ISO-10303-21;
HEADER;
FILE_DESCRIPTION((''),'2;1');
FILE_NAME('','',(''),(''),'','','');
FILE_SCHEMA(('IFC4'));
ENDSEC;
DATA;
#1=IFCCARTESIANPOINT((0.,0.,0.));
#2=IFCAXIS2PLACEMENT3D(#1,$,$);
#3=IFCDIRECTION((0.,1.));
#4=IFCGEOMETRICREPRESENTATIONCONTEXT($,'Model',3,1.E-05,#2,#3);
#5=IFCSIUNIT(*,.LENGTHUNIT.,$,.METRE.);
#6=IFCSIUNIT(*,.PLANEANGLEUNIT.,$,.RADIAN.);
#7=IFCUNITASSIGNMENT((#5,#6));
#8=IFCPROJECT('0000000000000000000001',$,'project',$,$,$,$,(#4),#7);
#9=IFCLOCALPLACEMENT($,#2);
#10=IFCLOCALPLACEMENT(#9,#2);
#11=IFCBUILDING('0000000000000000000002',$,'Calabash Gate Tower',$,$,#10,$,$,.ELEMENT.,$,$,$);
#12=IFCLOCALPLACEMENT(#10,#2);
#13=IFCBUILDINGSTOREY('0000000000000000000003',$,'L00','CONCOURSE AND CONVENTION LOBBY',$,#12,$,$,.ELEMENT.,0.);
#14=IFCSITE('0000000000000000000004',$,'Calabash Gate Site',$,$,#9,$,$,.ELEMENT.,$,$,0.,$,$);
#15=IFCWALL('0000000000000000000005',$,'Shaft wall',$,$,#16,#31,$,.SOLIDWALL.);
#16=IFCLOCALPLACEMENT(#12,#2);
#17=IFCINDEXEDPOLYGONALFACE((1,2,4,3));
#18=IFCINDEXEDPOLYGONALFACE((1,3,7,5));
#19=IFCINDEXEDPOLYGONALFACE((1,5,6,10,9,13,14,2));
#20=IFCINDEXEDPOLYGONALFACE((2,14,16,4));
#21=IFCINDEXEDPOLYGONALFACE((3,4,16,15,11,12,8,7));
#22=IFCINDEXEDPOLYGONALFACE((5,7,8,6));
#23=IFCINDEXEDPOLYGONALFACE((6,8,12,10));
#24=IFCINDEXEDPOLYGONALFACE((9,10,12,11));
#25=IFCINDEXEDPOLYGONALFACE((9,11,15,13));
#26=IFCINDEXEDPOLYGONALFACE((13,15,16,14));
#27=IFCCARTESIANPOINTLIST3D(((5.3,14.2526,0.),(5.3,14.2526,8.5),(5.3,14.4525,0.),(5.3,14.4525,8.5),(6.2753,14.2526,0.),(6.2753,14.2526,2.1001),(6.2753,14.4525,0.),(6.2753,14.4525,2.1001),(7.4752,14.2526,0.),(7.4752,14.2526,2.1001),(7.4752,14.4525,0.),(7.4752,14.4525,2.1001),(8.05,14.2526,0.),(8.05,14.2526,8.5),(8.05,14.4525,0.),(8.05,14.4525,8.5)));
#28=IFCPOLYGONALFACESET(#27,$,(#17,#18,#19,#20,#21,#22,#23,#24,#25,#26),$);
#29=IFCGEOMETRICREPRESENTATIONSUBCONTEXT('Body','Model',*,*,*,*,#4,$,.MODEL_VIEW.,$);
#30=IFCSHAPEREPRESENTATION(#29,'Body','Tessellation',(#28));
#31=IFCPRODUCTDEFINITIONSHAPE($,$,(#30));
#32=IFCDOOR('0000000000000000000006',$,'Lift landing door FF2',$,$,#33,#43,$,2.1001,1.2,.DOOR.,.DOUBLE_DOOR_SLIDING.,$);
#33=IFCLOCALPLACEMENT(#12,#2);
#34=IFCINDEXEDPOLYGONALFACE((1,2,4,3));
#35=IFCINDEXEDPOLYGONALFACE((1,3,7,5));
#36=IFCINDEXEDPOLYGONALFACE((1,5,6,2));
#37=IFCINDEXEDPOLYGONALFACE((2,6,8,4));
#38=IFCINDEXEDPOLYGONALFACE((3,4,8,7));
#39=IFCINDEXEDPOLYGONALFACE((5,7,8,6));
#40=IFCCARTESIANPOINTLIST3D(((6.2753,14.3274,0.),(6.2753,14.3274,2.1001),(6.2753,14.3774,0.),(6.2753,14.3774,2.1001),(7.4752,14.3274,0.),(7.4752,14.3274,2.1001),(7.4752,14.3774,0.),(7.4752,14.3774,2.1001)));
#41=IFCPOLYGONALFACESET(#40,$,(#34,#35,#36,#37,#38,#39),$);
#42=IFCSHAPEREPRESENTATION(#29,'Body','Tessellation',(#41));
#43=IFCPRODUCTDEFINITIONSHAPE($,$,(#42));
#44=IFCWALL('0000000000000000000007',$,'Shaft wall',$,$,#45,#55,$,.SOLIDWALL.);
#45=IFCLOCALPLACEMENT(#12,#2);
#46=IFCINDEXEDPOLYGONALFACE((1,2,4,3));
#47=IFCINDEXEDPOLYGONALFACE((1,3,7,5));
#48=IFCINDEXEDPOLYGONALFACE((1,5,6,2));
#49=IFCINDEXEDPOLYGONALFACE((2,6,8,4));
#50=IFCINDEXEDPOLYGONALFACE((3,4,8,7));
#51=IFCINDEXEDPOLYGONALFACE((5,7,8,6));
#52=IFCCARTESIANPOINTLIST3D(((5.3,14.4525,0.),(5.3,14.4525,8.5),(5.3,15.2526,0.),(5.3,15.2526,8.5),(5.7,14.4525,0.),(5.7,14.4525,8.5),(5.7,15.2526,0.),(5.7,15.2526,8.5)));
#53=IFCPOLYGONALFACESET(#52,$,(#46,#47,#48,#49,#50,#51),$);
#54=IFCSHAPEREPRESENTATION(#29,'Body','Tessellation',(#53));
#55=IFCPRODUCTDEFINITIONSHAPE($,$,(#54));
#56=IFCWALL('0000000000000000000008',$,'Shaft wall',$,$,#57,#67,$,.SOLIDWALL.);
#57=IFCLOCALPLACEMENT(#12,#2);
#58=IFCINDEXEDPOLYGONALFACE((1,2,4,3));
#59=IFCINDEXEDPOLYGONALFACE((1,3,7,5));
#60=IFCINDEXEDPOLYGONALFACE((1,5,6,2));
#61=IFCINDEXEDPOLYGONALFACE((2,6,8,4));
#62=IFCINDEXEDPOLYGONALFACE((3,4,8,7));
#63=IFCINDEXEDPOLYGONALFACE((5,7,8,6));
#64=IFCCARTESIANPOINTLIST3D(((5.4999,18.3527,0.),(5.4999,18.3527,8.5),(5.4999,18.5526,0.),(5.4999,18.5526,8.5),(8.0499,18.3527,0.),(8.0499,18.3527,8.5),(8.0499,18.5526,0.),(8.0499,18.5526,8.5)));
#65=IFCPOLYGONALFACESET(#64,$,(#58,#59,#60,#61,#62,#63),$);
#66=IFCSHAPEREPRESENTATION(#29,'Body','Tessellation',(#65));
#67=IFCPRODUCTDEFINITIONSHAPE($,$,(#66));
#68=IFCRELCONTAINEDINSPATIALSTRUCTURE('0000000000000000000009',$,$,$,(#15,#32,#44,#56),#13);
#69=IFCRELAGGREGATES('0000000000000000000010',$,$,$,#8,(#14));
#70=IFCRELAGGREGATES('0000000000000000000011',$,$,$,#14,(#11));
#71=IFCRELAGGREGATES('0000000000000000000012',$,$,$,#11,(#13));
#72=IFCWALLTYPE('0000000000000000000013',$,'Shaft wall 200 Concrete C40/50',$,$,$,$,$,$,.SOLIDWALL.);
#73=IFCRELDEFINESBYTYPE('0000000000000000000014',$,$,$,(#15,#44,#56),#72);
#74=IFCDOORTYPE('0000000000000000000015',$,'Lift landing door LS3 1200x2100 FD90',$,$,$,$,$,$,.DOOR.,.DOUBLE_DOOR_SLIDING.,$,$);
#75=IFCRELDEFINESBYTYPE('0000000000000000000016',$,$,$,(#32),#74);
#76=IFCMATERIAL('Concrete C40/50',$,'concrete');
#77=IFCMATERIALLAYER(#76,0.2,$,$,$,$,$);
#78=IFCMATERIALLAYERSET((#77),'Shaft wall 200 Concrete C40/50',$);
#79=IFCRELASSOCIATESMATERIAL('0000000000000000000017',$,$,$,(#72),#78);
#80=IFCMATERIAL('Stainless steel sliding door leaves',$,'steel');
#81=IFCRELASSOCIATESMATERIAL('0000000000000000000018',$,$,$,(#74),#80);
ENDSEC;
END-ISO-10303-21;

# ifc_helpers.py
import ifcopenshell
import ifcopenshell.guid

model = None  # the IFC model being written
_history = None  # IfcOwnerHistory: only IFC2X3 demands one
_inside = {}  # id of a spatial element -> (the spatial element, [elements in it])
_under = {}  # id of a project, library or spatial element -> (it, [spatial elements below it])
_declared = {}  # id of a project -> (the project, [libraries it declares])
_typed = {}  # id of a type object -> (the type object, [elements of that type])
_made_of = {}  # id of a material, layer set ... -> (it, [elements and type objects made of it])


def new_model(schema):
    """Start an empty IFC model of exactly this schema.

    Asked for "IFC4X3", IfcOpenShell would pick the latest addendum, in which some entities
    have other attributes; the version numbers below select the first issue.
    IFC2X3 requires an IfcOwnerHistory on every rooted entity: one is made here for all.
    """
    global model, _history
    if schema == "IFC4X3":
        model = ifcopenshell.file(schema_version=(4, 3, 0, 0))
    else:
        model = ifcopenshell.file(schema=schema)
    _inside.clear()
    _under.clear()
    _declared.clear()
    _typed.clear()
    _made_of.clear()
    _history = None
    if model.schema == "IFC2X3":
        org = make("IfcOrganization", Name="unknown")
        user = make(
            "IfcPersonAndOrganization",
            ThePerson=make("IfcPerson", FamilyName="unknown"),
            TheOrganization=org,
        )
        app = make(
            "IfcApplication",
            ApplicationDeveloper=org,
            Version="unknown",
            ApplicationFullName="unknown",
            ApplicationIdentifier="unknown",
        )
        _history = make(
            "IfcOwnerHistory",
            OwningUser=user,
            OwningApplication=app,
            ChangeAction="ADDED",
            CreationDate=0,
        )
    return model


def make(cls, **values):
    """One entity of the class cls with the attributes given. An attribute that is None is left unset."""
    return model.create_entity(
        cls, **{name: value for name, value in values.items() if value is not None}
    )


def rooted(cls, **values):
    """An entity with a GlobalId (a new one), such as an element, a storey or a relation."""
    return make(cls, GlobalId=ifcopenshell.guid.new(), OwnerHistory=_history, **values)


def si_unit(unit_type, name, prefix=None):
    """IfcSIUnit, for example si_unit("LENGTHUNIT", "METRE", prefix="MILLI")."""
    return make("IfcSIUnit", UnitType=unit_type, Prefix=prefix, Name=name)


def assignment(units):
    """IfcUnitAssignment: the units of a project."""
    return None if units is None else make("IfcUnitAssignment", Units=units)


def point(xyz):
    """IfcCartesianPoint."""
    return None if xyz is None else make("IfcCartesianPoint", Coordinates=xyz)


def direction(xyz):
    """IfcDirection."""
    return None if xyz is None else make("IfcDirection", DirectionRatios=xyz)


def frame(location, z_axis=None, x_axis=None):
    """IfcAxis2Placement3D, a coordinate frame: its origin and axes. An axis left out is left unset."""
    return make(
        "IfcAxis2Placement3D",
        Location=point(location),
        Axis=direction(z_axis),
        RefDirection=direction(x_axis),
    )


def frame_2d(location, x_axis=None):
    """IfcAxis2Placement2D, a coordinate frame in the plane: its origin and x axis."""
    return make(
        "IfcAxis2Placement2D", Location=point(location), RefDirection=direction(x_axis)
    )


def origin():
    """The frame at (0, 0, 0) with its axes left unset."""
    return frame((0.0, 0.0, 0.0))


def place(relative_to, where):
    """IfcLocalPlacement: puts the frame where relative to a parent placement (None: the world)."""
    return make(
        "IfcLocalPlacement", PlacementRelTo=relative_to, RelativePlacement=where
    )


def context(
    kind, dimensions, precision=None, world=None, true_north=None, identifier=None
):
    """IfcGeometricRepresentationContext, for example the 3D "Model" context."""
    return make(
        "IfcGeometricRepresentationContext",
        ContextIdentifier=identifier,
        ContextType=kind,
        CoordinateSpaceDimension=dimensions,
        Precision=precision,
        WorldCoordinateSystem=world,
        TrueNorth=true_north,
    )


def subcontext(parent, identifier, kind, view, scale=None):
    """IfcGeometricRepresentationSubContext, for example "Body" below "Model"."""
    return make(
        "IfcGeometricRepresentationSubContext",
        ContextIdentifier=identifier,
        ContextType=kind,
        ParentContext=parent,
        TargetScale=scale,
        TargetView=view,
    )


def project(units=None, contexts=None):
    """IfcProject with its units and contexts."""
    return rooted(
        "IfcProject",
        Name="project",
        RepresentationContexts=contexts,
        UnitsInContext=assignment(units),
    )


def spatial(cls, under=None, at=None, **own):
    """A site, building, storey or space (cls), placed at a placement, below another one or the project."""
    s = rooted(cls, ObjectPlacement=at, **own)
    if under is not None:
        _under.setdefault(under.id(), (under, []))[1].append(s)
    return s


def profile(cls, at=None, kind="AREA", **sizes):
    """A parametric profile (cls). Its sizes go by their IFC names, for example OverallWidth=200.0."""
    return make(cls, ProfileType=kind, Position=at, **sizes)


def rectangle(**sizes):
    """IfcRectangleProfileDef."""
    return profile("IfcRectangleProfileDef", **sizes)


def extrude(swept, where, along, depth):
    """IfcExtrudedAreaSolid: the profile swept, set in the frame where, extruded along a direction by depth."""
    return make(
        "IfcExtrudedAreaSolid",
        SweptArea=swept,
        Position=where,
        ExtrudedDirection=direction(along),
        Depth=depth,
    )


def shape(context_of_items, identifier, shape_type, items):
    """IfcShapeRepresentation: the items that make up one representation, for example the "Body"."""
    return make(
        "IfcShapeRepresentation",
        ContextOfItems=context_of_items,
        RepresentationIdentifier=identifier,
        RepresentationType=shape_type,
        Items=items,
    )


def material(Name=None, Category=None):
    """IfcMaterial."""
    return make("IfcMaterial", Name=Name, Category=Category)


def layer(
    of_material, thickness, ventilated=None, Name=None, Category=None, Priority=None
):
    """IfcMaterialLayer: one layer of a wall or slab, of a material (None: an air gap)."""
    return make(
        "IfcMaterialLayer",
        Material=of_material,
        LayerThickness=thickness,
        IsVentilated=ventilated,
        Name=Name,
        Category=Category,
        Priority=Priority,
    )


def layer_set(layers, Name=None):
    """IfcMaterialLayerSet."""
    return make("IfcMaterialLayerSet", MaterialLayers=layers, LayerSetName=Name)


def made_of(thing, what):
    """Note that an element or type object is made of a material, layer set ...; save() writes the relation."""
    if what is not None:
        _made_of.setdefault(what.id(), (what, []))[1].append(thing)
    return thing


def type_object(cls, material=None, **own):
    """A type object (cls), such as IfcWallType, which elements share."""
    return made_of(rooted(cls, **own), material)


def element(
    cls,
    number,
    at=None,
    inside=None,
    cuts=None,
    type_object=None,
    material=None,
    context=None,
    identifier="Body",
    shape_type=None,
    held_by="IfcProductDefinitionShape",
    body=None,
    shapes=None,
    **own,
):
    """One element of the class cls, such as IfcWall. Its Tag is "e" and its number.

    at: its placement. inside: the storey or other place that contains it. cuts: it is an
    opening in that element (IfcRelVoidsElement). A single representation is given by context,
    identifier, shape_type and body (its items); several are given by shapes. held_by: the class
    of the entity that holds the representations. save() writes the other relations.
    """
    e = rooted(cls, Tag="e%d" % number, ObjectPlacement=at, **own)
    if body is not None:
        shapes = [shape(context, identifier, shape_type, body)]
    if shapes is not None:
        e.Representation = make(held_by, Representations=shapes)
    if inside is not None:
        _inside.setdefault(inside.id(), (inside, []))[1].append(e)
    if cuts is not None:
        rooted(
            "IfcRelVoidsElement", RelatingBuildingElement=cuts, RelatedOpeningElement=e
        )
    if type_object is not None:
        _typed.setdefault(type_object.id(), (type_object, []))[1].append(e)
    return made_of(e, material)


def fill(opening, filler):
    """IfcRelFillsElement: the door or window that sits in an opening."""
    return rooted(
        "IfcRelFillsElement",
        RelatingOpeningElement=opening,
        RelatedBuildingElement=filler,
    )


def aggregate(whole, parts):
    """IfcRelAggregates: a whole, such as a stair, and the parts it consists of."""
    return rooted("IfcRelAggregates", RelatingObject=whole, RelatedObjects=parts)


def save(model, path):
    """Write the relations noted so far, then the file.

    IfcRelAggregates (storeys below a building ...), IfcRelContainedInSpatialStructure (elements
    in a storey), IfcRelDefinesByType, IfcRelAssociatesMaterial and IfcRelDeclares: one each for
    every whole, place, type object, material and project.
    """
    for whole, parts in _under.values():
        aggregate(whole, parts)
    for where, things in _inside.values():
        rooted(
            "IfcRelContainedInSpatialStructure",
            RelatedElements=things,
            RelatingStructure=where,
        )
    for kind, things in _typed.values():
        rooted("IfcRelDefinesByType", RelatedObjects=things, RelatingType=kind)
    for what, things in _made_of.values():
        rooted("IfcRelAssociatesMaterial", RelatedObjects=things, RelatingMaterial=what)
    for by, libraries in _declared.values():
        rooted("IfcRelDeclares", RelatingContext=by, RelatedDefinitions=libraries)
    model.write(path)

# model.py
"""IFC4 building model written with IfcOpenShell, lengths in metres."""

from ifc_helpers import new_model, si_unit, direction, frame, frame_2d, origin, place, context, subcontext, project, spatial, rectangle, extrude, material, layer, layer_set, type_object, element, fill, save


model = new_model("IFC4")

# Units and contexts
model_context = context("Model", 3, precision=1e-05, world=origin(), true_north=direction((0.0, 1.0)))
body_context = subcontext(model_context, "Body", "Model", "MODEL_VIEW")
ifc_project = project(units=[si_unit("LENGTHUNIT", "METRE"), si_unit("PLANEANGLEUNIT", "RADIAN")], contexts=[model_context])

# Site, building, storey
site_placement = place(None, origin())
site = spatial("IfcSite", under=ifc_project, at=site_placement, Name="Calabash Gate Site", CompositionType="ELEMENT", RefElevation=0.0)
building_placement = place(site_placement, origin())
building = spatial("IfcBuilding", under=site, at=building_placement, Name="Calabash Gate Tower", CompositionType="ELEMENT")
storey_placement = place(building_placement, origin())
storey = spatial("IfcBuildingStorey", under=building, at=storey_placement, Name="L00", Description="CONCOURSE AND CONVENTION LOBBY", CompositionType="ELEMENT", Elevation=0.0)

# Shared definitions
ifc_material_1 = material(Name="Concrete C40/50", Category="concrete")
ifc_layer_1 = layer(ifc_material_1, 0.2)
ifc_layer_set_1 = layer_set([ifc_layer_1], Name="Shaft wall 200 Concrete C40/50")
wall_type_1 = type_object("IfcWallType", Name="Shaft wall 200 Concrete C40/50", PredefinedType="SOLIDWALL", material=ifc_layer_set_1)

# Wall, opening, door
wall_1_placement = place(storey_placement, frame((5.3, 14.3525, 0.0), z_axis=(0.0, 0.0, 1.0), x_axis=(1.0, 0.0, 0.0)))
wall_1 = element("IfcWall", 1, at=wall_1_placement, inside=storey, type_object=wall_type_1, Name="Shaft wall", PredefinedType="SOLIDWALL", context=body_context, shape_type="SweptSolid", body=[
    extrude(rectangle(XDim=2.75, YDim=0.2, at=frame_2d((1.375, 0.0))), origin(), (0.0, 0.0, 1.0), 8.5),
])
opening_1_placement = place(wall_1_placement, frame((0.9751, 0.0, 0.0)))
opening_1 = element("IfcOpeningElement", 2, at=opening_1_placement, cuts=wall_1, PredefinedType="OPENING", context=body_context, shape_type="SweptSolid", body=[
    extrude(rectangle(XDim=1.2, YDim=2.1001, at=frame_2d((0.6001, 1.05))), frame((0.0, 0.1099, 0.0), z_axis=(0.0, -1.0, 0.0), x_axis=(1.0, 0.0, 0.0)), (0.0, 0.0, 1.0), 0.22),
])
ifc_material_2 = material(Name="Stainless steel sliding door leaves", Category="steel")
door_type_1 = type_object("IfcDoorType", Name="Lift landing door LS3 1200x2100 FD90", OperationType="DOUBLE_DOOR_SLIDING", PredefinedType="DOOR", material=ifc_material_2)
door_1_placement = place(opening_1_placement, origin())
door_1 = element("IfcDoor", 3, at=door_1_placement, inside=storey, type_object=door_type_1, Name="Lift landing door FF2", OperationType="DOUBLE_DOOR_SLIDING", OverallHeight=2.1001, OverallWidth=1.2, PredefinedType="DOOR", context=body_context, shape_type="SweptSolid", body=[
    extrude(rectangle(XDim=1.2, YDim=2.1001, at=frame_2d((0.6001, 1.05))), frame((0.0, 0.0249, 0.0), z_axis=(0.0, -1.0, 0.0), x_axis=(1.0, 0.0, 0.0)), (0.0, 0.0, 1.0), 0.05),
])
fill(opening_1, door_1)

# Walls
wall_2_placement = place(storey_placement, frame((5.5, 14.4526, 0.0), z_axis=(0.0, 0.0, 1.0), x_axis=(0.0, 1.0, 0.0)))
element("IfcWall", 4, at=wall_2_placement, inside=storey, type_object=wall_type_1, Name="Shaft wall", PredefinedType="SOLIDWALL", context=body_context, shape_type="SweptSolid", body=[
    extrude(rectangle(XDim=0.8, YDim=0.3999, at=frame_2d((0.3999, 0.0))), origin(), (0.0, 0.0, 1.0), 8.5),
])
wall_3_placement = place(storey_placement, frame((5.5, 18.4526, 0.0), z_axis=(0.0, 0.0, 1.0), x_axis=(1.0, 0.0, 0.0)))
element("IfcWall", 5, at=wall_3_placement, inside=storey, type_object=wall_type_1, Name="Shaft wall", PredefinedType="SOLIDWALL", context=body_context, shape_type="SweptSolid", body=[
    extrude(rectangle(XDim=2.55, YDim=0.2, at=frame_2d((1.2749, 0.0))), origin(), (0.0, 0.0, 1.0), 8.5),
])

save(model, "model.ifc")
